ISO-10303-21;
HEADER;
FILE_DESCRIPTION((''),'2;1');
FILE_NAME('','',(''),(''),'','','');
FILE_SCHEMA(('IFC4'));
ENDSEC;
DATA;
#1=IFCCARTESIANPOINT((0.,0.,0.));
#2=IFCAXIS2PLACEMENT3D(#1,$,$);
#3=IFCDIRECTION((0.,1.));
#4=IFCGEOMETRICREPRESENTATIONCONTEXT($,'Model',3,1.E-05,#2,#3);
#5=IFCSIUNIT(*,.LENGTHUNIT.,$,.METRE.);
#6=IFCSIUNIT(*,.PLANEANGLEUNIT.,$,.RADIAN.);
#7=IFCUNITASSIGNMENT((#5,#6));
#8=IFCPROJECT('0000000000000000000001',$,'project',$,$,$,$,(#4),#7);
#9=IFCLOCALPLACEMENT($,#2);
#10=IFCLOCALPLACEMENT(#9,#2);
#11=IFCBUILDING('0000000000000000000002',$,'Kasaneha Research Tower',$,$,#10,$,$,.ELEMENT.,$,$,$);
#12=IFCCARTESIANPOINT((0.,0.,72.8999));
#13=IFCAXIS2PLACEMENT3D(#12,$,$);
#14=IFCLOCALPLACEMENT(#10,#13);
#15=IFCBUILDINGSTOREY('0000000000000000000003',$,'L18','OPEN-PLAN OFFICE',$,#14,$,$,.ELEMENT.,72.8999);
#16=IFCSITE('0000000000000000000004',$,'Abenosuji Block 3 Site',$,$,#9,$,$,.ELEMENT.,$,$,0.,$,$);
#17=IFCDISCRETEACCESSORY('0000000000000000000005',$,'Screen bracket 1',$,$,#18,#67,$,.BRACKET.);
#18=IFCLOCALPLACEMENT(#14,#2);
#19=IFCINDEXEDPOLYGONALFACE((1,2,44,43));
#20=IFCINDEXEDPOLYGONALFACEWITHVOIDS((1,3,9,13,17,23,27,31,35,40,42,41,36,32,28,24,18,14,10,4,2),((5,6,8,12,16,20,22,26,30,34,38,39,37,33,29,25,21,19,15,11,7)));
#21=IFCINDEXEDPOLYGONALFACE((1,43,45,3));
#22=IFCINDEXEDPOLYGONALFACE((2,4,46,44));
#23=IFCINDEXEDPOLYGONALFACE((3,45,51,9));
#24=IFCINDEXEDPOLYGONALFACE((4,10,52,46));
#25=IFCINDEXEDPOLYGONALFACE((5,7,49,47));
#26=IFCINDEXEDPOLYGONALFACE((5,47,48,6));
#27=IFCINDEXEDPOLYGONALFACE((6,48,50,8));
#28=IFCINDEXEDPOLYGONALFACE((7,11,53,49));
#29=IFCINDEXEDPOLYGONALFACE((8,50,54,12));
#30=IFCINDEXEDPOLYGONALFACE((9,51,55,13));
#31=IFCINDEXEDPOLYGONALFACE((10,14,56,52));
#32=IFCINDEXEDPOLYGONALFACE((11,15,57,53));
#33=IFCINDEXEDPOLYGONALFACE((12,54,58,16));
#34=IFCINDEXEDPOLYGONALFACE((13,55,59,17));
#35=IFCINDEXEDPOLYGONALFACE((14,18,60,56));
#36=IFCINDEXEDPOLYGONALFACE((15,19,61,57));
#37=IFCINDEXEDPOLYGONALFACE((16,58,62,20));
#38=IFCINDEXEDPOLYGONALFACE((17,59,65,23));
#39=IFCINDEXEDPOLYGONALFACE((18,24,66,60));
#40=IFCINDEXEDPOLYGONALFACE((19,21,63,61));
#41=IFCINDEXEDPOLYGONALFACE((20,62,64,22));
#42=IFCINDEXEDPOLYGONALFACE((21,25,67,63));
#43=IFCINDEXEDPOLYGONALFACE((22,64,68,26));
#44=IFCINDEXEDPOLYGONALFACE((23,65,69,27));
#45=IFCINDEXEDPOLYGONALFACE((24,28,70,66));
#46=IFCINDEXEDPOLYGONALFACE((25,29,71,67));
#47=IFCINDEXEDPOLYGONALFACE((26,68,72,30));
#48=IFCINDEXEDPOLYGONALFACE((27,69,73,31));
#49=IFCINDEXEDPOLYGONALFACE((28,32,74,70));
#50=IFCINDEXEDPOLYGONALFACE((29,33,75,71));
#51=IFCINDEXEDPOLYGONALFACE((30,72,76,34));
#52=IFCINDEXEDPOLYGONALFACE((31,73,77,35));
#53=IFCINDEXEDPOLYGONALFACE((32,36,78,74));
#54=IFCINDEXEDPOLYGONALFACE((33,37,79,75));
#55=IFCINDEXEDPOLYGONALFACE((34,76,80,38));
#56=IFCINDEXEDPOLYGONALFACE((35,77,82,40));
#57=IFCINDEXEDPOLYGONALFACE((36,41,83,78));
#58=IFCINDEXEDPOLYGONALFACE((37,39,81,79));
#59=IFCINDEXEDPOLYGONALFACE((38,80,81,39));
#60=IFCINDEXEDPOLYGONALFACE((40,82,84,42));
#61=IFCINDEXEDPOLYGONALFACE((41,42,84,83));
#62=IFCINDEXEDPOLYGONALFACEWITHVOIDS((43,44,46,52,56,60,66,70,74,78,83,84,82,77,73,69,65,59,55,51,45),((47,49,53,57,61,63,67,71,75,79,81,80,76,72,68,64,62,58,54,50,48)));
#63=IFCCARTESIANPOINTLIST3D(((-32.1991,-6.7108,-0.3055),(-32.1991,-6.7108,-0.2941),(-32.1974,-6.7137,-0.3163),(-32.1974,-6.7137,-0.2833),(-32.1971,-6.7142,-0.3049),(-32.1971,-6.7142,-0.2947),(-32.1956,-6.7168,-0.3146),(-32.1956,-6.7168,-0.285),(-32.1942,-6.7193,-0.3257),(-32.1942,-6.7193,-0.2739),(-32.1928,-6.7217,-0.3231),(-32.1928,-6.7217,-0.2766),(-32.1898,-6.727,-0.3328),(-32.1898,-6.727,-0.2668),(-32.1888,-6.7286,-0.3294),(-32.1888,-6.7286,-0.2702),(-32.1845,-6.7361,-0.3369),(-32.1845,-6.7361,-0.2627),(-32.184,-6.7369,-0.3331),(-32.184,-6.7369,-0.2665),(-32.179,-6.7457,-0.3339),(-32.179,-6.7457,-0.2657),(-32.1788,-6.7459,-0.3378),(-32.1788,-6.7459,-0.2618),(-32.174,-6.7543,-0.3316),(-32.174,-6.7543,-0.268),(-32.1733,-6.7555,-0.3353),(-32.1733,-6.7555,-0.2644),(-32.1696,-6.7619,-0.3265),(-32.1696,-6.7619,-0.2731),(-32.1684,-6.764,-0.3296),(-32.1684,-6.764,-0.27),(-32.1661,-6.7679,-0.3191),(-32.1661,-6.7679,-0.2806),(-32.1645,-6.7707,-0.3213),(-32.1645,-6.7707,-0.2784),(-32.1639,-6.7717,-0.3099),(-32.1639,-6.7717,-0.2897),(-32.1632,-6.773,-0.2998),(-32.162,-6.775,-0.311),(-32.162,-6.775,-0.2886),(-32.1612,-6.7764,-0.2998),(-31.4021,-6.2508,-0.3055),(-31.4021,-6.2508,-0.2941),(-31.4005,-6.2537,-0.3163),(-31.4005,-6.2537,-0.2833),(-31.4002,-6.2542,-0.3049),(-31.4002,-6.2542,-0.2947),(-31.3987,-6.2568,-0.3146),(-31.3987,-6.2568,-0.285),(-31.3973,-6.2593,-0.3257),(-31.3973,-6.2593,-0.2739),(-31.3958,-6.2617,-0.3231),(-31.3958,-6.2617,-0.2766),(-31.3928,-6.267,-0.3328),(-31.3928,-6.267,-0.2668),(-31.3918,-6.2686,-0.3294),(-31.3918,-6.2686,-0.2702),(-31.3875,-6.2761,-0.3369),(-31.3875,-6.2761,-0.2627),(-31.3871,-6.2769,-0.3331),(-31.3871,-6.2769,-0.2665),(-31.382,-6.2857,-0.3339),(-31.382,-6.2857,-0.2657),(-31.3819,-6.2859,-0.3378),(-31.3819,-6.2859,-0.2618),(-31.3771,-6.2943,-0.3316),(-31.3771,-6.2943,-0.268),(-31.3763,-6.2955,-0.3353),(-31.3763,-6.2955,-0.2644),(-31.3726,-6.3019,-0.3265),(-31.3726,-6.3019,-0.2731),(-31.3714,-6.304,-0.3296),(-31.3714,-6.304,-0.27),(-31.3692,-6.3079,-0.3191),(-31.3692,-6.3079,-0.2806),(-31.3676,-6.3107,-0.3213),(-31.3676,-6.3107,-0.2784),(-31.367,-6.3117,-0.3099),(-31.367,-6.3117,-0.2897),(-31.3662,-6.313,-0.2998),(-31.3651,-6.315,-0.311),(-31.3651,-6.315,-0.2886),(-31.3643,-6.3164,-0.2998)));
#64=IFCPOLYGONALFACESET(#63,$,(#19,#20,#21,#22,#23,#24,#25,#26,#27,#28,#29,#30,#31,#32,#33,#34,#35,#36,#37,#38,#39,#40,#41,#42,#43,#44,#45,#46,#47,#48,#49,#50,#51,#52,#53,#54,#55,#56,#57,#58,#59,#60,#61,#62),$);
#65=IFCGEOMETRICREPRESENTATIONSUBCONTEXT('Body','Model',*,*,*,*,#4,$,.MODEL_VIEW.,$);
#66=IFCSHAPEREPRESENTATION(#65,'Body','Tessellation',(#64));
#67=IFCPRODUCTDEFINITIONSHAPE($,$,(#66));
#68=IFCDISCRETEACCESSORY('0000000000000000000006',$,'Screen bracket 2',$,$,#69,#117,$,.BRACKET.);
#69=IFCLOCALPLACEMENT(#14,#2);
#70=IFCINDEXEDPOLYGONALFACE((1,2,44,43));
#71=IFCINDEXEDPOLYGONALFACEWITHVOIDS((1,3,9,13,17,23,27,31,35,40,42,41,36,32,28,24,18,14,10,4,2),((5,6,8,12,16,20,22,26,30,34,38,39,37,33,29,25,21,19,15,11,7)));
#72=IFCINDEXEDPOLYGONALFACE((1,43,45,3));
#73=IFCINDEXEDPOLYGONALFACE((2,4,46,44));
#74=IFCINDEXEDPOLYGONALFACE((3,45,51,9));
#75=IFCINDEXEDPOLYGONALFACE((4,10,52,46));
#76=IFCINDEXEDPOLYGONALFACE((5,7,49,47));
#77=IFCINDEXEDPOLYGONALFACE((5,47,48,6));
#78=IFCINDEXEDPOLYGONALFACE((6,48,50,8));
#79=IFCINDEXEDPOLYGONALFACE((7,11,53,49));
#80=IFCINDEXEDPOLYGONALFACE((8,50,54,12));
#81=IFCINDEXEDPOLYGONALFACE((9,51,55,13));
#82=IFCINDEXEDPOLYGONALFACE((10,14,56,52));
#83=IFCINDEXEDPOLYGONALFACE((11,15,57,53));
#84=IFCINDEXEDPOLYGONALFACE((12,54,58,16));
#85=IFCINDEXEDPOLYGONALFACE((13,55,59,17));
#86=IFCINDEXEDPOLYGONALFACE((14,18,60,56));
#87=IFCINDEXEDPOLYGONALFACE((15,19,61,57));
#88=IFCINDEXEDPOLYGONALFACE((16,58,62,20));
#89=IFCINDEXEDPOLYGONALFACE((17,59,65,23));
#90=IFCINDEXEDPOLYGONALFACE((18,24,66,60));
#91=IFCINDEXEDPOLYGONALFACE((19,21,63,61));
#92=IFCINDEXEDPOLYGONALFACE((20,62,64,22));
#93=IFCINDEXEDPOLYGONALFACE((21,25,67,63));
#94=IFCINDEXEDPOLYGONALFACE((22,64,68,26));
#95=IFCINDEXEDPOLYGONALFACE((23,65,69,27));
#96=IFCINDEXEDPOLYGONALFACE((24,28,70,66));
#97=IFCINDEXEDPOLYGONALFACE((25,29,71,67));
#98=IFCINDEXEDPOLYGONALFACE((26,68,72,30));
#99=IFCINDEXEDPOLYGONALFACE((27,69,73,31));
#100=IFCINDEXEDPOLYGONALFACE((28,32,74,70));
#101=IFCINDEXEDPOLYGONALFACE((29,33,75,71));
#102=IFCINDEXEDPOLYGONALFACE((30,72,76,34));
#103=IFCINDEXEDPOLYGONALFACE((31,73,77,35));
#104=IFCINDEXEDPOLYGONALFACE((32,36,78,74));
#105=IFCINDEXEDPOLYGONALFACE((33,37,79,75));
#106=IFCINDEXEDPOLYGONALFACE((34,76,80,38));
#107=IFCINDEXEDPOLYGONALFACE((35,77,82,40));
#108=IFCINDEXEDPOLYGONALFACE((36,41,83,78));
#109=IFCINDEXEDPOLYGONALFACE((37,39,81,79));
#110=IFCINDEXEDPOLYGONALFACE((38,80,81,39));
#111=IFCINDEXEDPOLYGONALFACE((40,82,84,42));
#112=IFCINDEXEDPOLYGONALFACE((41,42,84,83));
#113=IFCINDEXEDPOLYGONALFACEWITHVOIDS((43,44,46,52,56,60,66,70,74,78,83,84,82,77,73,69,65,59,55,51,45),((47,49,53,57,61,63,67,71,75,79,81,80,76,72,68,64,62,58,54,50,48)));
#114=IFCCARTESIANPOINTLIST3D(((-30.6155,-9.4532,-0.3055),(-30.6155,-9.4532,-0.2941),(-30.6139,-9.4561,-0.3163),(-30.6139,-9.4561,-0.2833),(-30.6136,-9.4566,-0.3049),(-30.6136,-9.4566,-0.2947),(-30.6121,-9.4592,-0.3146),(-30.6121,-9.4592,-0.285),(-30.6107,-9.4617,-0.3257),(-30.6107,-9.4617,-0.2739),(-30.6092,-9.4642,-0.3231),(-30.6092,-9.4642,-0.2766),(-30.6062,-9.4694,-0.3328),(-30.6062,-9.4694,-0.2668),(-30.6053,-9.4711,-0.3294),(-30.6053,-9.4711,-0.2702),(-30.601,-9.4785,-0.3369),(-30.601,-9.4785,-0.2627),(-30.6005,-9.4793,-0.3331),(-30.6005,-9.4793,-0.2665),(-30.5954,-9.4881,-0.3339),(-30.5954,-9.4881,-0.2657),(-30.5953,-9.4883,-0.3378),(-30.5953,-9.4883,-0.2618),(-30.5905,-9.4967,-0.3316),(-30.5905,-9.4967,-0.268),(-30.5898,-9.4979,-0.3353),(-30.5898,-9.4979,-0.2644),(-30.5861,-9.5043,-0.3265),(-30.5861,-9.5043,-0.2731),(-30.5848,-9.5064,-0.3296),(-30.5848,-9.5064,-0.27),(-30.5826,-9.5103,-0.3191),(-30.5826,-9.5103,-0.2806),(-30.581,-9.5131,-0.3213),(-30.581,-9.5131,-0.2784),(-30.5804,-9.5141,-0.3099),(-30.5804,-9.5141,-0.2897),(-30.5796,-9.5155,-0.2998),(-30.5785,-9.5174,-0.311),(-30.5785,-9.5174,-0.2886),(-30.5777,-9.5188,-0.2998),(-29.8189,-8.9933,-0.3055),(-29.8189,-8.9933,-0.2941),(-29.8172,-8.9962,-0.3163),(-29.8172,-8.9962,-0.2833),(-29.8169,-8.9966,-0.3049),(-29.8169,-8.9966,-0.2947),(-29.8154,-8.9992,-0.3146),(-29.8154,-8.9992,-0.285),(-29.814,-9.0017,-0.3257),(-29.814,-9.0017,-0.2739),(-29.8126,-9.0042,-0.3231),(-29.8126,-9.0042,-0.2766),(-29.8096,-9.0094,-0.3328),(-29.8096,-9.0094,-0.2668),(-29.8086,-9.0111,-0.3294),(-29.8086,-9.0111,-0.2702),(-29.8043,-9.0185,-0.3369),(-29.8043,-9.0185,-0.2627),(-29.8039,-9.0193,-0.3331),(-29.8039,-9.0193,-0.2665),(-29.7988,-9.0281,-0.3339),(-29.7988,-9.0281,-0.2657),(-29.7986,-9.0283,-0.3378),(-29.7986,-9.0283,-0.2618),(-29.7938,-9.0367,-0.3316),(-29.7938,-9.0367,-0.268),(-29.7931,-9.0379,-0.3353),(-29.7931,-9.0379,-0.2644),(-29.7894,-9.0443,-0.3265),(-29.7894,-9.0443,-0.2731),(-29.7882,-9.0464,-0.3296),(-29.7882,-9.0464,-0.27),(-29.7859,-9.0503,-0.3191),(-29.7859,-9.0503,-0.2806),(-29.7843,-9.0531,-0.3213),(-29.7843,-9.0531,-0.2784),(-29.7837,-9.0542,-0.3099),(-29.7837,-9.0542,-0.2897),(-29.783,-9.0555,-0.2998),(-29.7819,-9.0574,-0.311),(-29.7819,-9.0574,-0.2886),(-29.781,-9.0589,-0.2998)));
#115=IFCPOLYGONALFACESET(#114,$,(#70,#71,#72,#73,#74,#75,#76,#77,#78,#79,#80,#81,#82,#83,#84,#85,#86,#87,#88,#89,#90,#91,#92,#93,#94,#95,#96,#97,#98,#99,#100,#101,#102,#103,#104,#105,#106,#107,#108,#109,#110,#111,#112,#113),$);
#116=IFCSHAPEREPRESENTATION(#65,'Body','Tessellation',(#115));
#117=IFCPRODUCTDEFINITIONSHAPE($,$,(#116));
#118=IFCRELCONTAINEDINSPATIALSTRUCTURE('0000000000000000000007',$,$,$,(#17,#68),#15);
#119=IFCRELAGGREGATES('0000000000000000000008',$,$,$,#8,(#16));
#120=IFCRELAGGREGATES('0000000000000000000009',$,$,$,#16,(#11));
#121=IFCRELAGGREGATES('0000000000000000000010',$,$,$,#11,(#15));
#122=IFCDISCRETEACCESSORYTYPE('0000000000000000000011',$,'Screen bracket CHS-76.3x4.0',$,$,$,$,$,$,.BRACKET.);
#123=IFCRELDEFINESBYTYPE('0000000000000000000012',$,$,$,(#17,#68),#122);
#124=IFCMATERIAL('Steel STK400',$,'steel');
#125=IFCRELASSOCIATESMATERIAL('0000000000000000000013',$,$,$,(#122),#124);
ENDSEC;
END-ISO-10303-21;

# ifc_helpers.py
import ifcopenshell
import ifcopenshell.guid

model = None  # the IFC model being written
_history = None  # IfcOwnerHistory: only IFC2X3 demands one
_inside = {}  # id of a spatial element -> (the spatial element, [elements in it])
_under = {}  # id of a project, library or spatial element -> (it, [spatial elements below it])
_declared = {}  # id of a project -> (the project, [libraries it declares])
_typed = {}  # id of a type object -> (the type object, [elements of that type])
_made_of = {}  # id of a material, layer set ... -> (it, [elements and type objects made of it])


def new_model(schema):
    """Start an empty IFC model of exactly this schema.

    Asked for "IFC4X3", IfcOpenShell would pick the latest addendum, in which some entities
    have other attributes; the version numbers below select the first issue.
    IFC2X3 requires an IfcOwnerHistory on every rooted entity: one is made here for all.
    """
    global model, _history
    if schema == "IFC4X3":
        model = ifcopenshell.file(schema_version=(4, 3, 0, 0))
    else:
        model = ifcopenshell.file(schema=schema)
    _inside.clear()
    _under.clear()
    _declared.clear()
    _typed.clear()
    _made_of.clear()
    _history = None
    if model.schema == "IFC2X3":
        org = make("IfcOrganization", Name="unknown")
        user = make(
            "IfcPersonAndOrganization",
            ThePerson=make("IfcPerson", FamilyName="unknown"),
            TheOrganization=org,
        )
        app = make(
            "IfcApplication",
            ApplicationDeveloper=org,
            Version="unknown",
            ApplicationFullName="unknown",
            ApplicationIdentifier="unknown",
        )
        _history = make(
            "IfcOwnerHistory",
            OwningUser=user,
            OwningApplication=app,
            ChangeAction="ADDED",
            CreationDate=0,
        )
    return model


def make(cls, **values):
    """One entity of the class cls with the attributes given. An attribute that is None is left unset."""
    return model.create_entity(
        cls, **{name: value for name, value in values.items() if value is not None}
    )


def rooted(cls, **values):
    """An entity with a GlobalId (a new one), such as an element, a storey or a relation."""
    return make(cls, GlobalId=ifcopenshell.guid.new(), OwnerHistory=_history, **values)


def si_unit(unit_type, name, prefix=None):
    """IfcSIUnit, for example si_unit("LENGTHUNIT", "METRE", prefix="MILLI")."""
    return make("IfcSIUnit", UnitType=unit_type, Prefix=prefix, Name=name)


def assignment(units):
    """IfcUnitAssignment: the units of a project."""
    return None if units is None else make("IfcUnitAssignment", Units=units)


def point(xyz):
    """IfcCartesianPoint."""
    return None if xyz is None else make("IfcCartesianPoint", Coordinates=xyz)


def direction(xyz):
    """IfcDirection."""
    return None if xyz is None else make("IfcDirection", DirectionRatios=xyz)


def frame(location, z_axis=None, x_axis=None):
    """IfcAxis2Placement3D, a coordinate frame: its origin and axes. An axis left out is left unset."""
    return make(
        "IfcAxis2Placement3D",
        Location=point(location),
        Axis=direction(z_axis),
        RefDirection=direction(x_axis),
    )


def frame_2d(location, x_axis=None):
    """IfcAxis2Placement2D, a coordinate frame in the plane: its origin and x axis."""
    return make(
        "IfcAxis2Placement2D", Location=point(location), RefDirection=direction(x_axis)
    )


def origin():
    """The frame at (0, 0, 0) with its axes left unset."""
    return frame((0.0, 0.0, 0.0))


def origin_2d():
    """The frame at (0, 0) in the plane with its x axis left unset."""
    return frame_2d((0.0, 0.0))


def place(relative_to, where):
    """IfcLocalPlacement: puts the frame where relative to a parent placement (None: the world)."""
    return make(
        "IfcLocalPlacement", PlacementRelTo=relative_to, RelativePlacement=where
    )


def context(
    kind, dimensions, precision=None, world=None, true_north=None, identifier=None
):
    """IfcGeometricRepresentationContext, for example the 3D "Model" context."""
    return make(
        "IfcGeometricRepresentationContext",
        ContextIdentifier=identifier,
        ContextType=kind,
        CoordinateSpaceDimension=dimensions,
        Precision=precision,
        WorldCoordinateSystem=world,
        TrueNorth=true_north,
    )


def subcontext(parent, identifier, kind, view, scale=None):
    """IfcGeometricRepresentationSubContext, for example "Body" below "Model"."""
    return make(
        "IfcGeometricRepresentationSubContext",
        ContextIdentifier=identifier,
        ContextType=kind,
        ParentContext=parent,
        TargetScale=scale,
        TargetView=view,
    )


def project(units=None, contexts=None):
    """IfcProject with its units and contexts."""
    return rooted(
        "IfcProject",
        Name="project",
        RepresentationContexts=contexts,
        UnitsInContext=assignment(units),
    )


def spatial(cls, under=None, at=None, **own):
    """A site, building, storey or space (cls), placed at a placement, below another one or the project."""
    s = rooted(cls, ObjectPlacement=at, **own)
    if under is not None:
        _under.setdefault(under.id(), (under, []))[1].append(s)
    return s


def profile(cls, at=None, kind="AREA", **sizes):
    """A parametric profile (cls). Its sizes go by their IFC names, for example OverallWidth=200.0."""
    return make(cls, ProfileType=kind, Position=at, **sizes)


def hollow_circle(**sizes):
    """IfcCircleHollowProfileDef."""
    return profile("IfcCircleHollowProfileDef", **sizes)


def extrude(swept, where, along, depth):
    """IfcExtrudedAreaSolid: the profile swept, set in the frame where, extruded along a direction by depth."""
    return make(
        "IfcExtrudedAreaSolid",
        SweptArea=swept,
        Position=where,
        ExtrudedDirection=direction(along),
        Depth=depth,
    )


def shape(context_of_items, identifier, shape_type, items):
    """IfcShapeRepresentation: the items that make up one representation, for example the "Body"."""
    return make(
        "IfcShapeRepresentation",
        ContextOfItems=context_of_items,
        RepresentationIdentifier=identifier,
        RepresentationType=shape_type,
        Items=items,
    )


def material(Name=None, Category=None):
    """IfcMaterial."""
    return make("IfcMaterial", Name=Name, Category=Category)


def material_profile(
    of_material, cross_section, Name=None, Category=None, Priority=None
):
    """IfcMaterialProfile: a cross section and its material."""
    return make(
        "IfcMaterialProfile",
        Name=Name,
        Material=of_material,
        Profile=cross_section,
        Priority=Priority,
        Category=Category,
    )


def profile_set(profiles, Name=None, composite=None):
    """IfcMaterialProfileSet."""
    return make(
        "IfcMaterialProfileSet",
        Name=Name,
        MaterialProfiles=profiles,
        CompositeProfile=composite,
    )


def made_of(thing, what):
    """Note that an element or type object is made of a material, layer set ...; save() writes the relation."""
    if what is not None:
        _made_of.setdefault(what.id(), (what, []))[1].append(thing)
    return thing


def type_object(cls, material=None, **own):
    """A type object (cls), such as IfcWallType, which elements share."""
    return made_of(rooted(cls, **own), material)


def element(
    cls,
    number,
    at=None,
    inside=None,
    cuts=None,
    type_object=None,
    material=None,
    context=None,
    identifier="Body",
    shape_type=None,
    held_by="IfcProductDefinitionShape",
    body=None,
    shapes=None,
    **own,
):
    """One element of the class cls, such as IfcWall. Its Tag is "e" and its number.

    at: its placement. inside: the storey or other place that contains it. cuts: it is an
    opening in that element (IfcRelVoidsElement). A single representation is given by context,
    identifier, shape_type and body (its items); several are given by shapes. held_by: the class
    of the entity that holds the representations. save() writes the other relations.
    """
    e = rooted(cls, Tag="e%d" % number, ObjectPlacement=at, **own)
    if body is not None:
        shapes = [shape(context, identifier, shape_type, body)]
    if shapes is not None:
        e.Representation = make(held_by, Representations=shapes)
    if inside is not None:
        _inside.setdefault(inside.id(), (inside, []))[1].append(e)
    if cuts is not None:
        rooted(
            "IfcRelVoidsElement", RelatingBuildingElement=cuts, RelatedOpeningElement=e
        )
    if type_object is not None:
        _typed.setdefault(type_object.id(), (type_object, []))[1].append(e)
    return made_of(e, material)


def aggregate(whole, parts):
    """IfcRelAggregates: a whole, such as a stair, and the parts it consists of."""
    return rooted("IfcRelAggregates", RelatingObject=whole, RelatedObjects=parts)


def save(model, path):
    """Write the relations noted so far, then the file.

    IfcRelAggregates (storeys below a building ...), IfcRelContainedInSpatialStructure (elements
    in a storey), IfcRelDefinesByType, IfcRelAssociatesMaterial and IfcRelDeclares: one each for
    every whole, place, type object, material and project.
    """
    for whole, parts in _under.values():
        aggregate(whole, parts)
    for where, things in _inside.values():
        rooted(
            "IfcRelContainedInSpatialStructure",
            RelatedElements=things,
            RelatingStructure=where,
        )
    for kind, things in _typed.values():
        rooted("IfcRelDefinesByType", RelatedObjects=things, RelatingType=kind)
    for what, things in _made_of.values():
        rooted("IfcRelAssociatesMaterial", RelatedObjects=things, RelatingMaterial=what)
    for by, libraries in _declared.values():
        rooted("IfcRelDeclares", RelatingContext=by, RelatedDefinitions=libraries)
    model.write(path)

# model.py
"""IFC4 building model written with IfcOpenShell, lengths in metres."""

from ifc_helpers import new_model, si_unit, direction, frame, origin, origin_2d, place, context, subcontext, project, spatial, hollow_circle, extrude, material, material_profile, profile_set, type_object, element, save


model = new_model("IFC4")

# Units and contexts
model_context = context("Model", 3, precision=1e-05, world=origin(), true_north=direction((0.0, 1.0)))
body_context = subcontext(model_context, "Body", "Model", "MODEL_VIEW")
ifc_project = project(units=[si_unit("LENGTHUNIT", "METRE"), si_unit("PLANEANGLEUNIT", "RADIAN")], contexts=[model_context])

# Site, building, storey
site_placement = place(None, origin())
site = spatial("IfcSite", under=ifc_project, at=site_placement, Name="Abenosuji Block 3 Site", CompositionType="ELEMENT", RefElevation=0.0)
building_placement = place(site_placement, origin())
building = spatial("IfcBuilding", under=site, at=building_placement, Name="Kasaneha Research Tower", CompositionType="ELEMENT")
storey_placement = place(building_placement, frame((0.0, 0.0, 72.8999)))
storey = spatial("IfcBuildingStorey", under=building, at=storey_placement, Name="L18", Description="OPEN-PLAN OFFICE", CompositionType="ELEMENT", Elevation=72.8999)

# Discrete accessories
ifc_material_1 = material(Name="Steel STK400", Category="steel")
ifc_material_profile_1 = material_profile(ifc_material_1, hollow_circle(Radius=0.0381, WallThickness=0.0039, at=origin_2d()), Name="CHS-76.3x4.0")
ifc_profile_set_1 = profile_set([ifc_material_profile_1], Name="Steel STK400")
discrete_accessory_type = type_object("IfcDiscreteAccessoryType", Name="Screen bracket CHS-76.3x4.0", PredefinedType="BRACKET", material=ifc_profile_set_1)
discrete_accessory_1_placement = place(storey_placement, frame((-31.3833, -6.2834, -0.2998), z_axis=(-0.86608, -0.499906, 0.0), x_axis=(0.499906, -0.86608, 0.0)))
element("IfcDiscreteAccessory", 1, at=discrete_accessory_1_placement, inside=storey, type_object=discrete_accessory_type, Name="Screen bracket 1", PredefinedType="BRACKET", context=body_context, shape_type="SweptSolid", body=[
    extrude(hollow_circle(Radius=0.0381, WallThickness=0.0039, at=origin_2d()), origin(), (0.0, 0.0, 1.0), 0.9202),
])
discrete_accessory_2_placement = place(storey_placement, frame((-29.8, -9.0259, -0.2998), z_axis=(-0.866013, -0.500021, 0.0), x_axis=(0.500021, -0.866013, 0.0)))
element("IfcDiscreteAccessory", 2, at=discrete_accessory_2_placement, inside=storey, type_object=discrete_accessory_type, Name="Screen bracket 2", PredefinedType="BRACKET", context=body_context, shape_type="SweptSolid", body=[
    extrude(hollow_circle(Radius=0.0381, WallThickness=0.0039, at=origin_2d()), origin(), (0.0, 0.0, 1.0), 0.9199),
])

save(model, "model.ifc")
